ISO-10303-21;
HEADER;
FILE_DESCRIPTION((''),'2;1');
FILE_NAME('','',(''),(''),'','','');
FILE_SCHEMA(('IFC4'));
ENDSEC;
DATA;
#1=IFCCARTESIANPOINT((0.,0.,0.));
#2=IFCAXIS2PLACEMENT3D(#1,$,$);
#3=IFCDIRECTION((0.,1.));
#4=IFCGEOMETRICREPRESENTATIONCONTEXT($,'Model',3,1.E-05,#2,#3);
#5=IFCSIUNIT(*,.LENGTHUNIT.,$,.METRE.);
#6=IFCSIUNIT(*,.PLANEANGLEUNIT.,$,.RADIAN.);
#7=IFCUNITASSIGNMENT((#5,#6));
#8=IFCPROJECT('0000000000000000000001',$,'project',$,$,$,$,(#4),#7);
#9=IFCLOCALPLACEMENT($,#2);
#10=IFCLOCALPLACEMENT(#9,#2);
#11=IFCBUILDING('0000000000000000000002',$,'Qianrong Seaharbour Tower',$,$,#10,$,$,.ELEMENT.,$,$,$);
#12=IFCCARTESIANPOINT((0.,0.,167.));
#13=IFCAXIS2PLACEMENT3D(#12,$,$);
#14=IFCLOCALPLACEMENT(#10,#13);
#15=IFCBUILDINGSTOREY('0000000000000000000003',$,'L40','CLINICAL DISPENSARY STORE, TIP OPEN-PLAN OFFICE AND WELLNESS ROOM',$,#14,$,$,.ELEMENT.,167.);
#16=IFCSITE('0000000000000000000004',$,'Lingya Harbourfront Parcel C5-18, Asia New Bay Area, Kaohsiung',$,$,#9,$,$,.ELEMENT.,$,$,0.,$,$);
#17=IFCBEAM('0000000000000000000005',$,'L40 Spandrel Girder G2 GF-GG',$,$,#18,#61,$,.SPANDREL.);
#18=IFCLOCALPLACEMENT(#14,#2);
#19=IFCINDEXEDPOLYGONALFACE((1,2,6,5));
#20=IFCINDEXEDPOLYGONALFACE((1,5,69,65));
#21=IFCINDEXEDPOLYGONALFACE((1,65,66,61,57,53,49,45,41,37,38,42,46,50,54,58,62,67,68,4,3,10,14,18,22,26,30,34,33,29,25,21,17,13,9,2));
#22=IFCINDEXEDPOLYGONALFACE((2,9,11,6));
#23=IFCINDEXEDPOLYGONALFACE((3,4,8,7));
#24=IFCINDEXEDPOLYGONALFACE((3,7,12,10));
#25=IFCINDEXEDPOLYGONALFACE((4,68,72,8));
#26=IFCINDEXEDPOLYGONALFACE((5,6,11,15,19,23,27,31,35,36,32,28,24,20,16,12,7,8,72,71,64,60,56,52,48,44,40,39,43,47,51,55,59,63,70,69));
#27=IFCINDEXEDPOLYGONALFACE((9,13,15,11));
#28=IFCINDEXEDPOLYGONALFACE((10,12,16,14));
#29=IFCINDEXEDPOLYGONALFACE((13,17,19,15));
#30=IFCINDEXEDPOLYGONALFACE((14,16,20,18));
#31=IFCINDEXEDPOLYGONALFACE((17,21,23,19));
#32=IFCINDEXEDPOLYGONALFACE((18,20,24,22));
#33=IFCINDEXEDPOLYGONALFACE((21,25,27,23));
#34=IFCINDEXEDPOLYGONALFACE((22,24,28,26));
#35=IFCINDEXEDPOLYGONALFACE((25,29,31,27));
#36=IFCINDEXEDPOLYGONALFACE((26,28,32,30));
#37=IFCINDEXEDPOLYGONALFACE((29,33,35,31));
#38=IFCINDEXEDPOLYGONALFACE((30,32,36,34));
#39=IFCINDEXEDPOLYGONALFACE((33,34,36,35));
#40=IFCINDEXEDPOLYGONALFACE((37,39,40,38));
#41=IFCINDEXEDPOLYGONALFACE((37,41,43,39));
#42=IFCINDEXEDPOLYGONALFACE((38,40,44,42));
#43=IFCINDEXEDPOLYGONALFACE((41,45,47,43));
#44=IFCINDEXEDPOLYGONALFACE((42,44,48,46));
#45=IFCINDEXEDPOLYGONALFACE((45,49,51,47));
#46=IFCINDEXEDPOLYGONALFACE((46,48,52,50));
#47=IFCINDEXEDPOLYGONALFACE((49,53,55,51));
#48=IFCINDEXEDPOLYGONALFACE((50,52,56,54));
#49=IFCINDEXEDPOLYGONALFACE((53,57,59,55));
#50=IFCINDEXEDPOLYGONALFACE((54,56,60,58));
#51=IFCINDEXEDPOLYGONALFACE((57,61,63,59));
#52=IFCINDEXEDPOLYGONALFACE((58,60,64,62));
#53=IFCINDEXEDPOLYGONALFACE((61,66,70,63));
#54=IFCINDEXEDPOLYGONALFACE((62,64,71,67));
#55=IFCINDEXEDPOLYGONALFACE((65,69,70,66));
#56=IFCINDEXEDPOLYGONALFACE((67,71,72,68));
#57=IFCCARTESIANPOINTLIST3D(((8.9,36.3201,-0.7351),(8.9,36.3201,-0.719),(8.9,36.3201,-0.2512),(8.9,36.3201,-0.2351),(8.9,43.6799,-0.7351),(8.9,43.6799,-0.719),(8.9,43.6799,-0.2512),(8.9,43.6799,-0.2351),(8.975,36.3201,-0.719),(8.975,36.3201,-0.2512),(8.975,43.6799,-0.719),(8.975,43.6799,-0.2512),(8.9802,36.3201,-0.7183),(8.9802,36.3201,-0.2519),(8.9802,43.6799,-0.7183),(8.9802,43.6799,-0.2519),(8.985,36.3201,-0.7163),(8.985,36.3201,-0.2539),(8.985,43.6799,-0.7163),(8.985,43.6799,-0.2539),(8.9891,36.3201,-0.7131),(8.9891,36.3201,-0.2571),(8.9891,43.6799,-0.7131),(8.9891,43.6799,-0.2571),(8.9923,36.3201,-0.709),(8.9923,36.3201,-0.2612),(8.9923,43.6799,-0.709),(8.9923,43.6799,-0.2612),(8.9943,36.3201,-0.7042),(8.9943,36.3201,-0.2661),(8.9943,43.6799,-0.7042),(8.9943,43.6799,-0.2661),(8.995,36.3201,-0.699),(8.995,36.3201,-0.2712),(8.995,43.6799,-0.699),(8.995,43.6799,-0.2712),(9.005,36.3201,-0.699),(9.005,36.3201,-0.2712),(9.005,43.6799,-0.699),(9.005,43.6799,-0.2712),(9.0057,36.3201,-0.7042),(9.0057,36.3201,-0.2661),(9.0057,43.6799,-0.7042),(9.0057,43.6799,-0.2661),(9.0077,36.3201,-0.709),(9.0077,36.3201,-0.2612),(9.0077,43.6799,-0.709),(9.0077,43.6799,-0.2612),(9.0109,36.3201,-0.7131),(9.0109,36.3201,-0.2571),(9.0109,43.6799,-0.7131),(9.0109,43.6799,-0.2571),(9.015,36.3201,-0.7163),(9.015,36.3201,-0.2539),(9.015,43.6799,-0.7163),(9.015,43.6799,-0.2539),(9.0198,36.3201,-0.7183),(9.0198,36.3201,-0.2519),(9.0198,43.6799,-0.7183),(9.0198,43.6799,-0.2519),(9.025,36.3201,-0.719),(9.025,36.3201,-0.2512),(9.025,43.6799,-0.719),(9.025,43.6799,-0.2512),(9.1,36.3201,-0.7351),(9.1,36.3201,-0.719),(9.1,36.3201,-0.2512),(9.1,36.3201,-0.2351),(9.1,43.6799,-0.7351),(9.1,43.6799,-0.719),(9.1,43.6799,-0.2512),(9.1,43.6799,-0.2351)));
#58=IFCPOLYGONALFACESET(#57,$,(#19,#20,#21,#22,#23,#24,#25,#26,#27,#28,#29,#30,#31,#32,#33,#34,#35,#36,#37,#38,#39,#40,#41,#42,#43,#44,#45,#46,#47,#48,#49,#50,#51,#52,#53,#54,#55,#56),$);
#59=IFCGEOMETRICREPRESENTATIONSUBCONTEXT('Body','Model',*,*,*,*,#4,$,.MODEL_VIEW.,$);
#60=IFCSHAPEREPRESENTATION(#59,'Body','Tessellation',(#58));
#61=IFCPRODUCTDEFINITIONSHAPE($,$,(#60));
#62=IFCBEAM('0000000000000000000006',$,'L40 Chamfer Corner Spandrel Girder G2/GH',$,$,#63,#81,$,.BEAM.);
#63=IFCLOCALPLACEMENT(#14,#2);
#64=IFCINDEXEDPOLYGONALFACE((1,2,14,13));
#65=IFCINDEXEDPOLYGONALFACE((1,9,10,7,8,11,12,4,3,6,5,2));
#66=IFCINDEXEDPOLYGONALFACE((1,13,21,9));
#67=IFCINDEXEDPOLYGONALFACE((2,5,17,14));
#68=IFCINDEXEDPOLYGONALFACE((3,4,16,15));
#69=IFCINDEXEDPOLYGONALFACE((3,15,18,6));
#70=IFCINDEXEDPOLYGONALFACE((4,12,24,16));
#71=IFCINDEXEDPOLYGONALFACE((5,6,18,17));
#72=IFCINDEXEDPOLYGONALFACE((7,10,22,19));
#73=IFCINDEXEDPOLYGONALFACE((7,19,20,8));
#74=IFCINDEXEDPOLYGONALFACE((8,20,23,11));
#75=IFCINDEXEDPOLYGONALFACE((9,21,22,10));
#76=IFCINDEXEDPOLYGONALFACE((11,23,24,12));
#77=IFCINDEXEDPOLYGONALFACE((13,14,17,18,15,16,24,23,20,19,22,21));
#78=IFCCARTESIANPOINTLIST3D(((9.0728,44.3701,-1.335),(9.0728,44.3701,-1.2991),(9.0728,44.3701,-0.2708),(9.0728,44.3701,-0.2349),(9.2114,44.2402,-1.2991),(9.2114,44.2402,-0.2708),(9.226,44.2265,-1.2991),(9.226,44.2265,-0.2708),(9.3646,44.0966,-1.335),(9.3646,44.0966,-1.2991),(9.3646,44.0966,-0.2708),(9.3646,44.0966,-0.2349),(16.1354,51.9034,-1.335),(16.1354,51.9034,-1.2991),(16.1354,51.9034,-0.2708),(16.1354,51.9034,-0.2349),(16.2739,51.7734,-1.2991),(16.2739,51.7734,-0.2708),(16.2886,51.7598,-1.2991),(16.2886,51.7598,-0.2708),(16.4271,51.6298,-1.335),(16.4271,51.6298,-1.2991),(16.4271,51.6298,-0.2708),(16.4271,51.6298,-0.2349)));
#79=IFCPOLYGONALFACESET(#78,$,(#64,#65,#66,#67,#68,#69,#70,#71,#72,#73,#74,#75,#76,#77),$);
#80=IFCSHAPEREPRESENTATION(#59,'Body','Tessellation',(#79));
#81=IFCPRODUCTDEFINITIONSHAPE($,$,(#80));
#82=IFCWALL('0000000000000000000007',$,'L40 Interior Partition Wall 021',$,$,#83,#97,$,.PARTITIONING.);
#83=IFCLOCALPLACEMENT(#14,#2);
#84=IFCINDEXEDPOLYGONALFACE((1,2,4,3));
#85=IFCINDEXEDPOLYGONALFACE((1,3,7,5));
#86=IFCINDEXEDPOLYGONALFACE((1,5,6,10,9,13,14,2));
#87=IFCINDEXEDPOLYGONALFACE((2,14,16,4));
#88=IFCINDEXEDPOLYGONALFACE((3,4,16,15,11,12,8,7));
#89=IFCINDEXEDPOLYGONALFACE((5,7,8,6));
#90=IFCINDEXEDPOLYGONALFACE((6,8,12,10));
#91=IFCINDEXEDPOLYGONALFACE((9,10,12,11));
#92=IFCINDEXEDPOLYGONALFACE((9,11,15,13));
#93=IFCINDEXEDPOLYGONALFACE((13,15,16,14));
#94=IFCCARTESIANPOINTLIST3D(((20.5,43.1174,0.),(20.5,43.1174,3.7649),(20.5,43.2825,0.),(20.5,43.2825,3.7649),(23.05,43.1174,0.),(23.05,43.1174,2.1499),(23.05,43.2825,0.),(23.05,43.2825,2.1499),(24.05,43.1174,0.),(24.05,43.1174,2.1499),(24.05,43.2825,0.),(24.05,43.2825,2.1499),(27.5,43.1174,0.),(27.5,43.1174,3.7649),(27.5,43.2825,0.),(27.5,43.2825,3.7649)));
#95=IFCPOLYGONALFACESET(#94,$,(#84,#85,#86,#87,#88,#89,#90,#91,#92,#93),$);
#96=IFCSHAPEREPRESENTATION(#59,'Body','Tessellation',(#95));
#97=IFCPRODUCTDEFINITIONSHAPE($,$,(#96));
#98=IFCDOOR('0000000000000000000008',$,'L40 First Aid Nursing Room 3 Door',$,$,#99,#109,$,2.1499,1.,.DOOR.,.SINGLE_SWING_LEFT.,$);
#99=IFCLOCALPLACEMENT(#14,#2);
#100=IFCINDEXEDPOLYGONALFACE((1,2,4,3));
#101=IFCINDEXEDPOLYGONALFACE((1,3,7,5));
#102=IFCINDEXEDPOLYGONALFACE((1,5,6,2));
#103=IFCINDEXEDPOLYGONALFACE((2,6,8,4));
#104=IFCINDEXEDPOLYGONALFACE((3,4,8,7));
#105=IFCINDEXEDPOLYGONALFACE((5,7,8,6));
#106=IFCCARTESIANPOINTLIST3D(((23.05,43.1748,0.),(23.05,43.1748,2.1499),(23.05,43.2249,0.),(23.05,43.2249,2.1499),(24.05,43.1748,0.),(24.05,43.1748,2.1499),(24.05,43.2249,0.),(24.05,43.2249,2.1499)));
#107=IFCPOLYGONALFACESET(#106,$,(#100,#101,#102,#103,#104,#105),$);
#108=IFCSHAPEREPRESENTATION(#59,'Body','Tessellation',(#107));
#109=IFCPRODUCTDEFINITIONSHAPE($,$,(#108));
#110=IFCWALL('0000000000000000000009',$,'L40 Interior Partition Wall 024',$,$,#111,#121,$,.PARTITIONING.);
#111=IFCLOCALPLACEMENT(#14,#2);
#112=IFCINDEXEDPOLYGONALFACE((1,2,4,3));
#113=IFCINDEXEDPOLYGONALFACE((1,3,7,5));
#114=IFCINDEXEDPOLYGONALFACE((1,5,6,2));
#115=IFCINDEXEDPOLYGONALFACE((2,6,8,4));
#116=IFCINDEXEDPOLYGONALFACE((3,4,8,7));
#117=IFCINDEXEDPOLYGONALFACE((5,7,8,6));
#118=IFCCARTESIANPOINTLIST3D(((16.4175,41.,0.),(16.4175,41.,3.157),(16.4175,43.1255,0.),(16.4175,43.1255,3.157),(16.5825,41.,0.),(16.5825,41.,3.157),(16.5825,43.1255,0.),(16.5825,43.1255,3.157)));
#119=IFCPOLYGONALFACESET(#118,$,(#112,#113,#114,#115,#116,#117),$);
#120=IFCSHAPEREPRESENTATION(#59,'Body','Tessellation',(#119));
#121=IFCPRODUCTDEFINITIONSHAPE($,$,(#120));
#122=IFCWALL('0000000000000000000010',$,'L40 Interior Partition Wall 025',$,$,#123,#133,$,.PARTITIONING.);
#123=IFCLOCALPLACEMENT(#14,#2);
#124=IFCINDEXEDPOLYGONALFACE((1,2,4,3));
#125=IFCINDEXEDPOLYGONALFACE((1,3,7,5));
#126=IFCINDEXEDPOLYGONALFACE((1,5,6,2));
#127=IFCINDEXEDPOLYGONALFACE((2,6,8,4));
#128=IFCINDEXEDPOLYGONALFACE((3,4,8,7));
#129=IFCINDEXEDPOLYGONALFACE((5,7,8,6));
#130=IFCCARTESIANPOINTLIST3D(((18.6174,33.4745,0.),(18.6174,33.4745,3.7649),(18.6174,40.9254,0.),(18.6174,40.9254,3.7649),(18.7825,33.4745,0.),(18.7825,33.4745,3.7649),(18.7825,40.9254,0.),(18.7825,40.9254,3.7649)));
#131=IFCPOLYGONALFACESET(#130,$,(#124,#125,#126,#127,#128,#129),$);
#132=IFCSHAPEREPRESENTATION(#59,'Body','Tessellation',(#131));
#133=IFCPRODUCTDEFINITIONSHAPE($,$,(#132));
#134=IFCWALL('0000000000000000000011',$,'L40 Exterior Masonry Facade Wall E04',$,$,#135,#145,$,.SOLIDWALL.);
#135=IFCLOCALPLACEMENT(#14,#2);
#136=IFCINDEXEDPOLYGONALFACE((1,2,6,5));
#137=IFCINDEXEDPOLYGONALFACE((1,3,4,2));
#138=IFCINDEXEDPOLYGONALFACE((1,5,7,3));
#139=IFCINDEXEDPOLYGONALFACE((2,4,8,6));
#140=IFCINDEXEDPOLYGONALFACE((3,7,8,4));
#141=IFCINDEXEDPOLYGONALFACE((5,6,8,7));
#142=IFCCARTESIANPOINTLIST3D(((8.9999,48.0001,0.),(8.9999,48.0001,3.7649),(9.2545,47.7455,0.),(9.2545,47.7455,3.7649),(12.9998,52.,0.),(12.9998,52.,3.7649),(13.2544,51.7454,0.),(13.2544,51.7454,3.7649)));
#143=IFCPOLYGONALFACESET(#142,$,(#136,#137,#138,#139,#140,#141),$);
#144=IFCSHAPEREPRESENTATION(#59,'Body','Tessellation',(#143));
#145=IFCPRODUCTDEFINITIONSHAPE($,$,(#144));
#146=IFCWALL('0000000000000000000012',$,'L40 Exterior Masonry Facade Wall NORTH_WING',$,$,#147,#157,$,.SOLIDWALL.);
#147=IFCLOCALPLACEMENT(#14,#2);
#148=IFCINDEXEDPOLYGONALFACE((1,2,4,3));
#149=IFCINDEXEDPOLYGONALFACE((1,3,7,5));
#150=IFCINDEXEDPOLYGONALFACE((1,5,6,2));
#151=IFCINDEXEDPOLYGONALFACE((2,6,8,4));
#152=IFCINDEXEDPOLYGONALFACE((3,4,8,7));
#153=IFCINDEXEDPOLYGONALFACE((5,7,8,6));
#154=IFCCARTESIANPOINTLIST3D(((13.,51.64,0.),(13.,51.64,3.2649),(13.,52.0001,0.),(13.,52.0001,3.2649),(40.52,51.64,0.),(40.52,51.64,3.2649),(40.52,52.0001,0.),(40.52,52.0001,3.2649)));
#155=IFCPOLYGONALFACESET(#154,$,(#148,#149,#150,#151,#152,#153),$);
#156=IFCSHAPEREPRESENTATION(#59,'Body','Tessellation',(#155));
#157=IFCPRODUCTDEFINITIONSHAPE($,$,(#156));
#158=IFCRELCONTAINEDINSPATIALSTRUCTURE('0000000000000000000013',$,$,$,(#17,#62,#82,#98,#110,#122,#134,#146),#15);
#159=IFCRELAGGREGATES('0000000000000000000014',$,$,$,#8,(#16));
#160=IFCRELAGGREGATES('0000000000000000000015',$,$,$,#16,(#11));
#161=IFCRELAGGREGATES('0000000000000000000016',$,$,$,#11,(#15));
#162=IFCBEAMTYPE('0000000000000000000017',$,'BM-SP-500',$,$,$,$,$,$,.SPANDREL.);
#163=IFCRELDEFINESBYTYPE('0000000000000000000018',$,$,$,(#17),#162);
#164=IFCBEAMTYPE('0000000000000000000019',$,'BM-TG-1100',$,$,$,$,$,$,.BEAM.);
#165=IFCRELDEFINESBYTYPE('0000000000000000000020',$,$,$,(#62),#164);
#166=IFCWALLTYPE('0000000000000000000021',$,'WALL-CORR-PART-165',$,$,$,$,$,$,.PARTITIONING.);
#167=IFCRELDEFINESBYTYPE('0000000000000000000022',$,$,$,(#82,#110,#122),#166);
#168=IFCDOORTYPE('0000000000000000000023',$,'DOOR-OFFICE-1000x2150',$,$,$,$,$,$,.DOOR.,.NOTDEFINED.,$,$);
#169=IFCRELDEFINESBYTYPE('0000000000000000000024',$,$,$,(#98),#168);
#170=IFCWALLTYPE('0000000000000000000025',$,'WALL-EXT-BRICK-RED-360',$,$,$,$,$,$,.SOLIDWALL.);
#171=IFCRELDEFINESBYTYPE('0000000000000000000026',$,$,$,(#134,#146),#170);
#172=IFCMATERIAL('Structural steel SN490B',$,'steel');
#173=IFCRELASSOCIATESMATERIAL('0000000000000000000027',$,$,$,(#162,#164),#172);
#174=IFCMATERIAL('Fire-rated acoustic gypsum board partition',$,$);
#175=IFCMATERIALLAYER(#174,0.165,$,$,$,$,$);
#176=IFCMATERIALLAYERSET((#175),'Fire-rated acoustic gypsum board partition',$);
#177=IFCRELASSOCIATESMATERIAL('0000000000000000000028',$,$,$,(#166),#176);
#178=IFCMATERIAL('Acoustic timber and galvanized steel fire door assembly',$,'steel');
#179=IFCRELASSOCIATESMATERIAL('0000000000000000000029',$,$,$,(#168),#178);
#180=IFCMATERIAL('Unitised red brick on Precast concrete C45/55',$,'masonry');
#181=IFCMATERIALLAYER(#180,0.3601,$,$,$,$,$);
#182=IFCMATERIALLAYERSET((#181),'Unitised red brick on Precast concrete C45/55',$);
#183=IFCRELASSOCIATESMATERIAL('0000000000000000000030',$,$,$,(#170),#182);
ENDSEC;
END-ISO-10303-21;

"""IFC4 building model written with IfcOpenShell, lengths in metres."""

from ifc_helpers import new_model, si_unit, direction, frame, frame_2d, origin, origin_2d, place, context, subcontext, project, spatial, rectangle, i_section, extrude, material, layer, layer_set, material_profile, profile_set, type_object, element, fill, save


model = new_model("IFC4")

# Units and contexts
model_context = context("Model", 3, precision=1e-05, world=origin(), true_north=direction((0.0, 1.0)))
body_context = subcontext(model_context, "Body", "Model", "MODEL_VIEW")
ifc_project = project(units=[si_unit("LENGTHUNIT", "METRE"), si_unit("PLANEANGLEUNIT", "RADIAN")], contexts=[model_context])

# Site, building, storey
site_placement = place(None, origin())
site = spatial("IfcSite", under=ifc_project, at=site_placement, Name="Lingya Harbourfront Parcel C5-18, Asia New Bay Area, Kaohsiung", CompositionType="ELEMENT", RefElevation=0.0)
building_placement = place(site_placement, origin())
building = spatial("IfcBuilding", under=site, at=building_placement, Name="Qianrong Seaharbour Tower", CompositionType="ELEMENT")
storey_placement = place(building_placement, frame((0.0, 0.0, 167.0)))
storey = spatial("IfcBuildingStorey", under=building, at=storey_placement, Name="L40", Description="CLINICAL DISPENSARY STORE, TIP OPEN-PLAN OFFICE AND WELLNESS ROOM", CompositionType="ELEMENT", Elevation=167.0)

# Shared definitions
ifc_material_1 = material(Name="Structural steel SN490B", Category="steel")

# Beams
ifc_material_profile_1 = material_profile(ifc_material_1, i_section(OverallWidth=0.2, OverallDepth=0.5, WebThickness=0.01, FlangeThickness=0.0161, FilletRadius=0.02, at=origin_2d()), Name="H500x200x10x16")
ifc_profile_set_1 = profile_set([ifc_material_profile_1], Name="Structural steel SN490B")
beam_type_1 = type_object("IfcBeamType", Name="BM-SP-500", PredefinedType="SPANDREL", material=ifc_profile_set_1)
for number, where, z_axis, x_axis, name in (
    (1, (9.0, 36.3201, -0.4851), (0.0, 1.0, 0.0), (-1.0, 0.0, 0.0), "L40 Spandrel Girder G2 GF-GG"),
):
    element("IfcBeam", number, at=place(storey_placement, frame(where, z_axis=z_axis, x_axis=x_axis)), inside=storey, type_object=beam_type_1, Name=name, PredefinedType="SPANDREL", context=body_context, shape_type="SweptSolid", body=[
        extrude(i_section(OverallWidth=0.2, OverallDepth=0.5, WebThickness=0.01, FlangeThickness=0.0161, FilletRadius=0.02, at=origin_2d()), origin(), (0.0, 0.0, 1.0), 7.3599),
    ])
ifc_material_profile_2 = material_profile(ifc_material_1, i_section(OverallWidth=0.3999, OverallDepth=1.1001, WebThickness=0.02, FlangeThickness=0.0359, at=origin_2d()), Name="BH1100x400x20x36")
ifc_profile_set_2 = profile_set([ifc_material_profile_2], Name="Structural steel SN490B")
beam_type_2 = type_object("IfcBeamType", Name="BM-TG-1100", PredefinedType="BEAM", material=ifc_profile_set_2)
beam_1_placement = place(storey_placement, frame((16.2812, 51.7666, -0.7849), z_axis=(-0.683947, -0.729531, 0.0), x_axis=(0.729531, -0.683947, 0.0)))
element("IfcBeam", 2, at=beam_1_placement, inside=storey, type_object=beam_type_2, Name="L40 Chamfer Corner Spandrel Girder G2/GH", PredefinedType="BEAM", context=body_context, shape_type="SweptSolid", body=[
    extrude(i_section(OverallWidth=0.3999, OverallDepth=1.1001, WebThickness=0.02, FlangeThickness=0.0359, at=origin_2d()), origin(), (0.0, 0.0, 1.0), 10.3262),
])

# Wall, opening, door
ifc_material_2 = material(Name="Fire-rated acoustic gypsum board partition")
ifc_layer_1 = layer(ifc_material_2, 0.165)
ifc_layer_set_1 = layer_set([ifc_layer_1], Name="Fire-rated acoustic gypsum board partition")
wall_type_1 = type_object("IfcWallType", Name="WALL-CORR-PART-165", PredefinedType="PARTITIONING", material=ifc_layer_set_1)
ifc_material_3 = material(Name="Acoustic timber and galvanized steel fire door assembly", Category="steel")
door_type = type_object("IfcDoorType", Name="DOOR-OFFICE-1000x2150", OperationType="NOTDEFINED", PredefinedType="DOOR", material=ifc_material_3)
wall_1_placement = place(storey_placement, frame((20.5, 43.2, 0.0), z_axis=(0.0, 0.0, 1.0), x_axis=(1.0, 0.0, 0.0)))
wall_1 = element("IfcWall", 3, at=wall_1_placement, inside=storey, type_object=wall_type_1, Name="L40 Interior Partition Wall 021", PredefinedType="PARTITIONING", context=body_context, shape_type="SweptSolid", body=[
    extrude(rectangle(XDim=7.0, YDim=0.165, at=frame_2d((3.5, 0.0))), origin(), (0.0, 0.0, 1.0), 3.7649),
])
opening_1_placement = place(wall_1_placement, frame((2.55, 0.0, 0.0)))
opening_1 = element("IfcOpeningElement", 4, at=opening_1_placement, cuts=wall_1, PredefinedType="OPENING", context=body_context, shape_type="SweptSolid", body=[
    extrude(rectangle(XDim=1.0, YDim=2.1499, at=frame_2d((0.5, 1.075))), frame((0.0, 0.0925, 0.0), z_axis=(0.0, -1.0, 0.0), x_axis=(1.0, 0.0, 0.0)), (0.0, 0.0, 1.0), 0.1851),
])
door_1_placement = place(opening_1_placement, origin())
door_1 = element("IfcDoor", 5, at=door_1_placement, inside=storey, type_object=door_type, Name="L40 First Aid Nursing Room 3 Door", OperationType="SINGLE_SWING_LEFT", OverallHeight=2.1499, OverallWidth=1.0, PredefinedType="DOOR", context=body_context, shape_type="SweptSolid", body=[
    extrude(rectangle(XDim=1.0, YDim=2.1499, at=frame_2d((0.5, 1.075))), frame((0.0, 0.0249, 0.0), z_axis=(0.0, -1.0, 0.0), x_axis=(1.0, 0.0, 0.0)), (0.0, 0.0, 1.0), 0.05),
])
fill(opening_1, door_1)

# Walls
wall_2_placement = place(storey_placement, frame((16.5, 41.0, 0.0), z_axis=(0.0, 0.0, 1.0), x_axis=(0.0, 1.0, 0.0)))
element("IfcWall", 6, at=wall_2_placement, inside=storey, type_object=wall_type_1, Name="L40 Interior Partition Wall 024", PredefinedType="PARTITIONING", context=body_context, shape_type="SweptSolid", body=[
    extrude(rectangle(XDim=2.1255, YDim=0.165, at=frame_2d((1.0627, 0.0))), origin(), (0.0, 0.0, 1.0), 3.157),
])
wall_3_placement = place(storey_placement, frame((18.7, 40.9255, 0.0), z_axis=(0.0, 0.0, 1.0), x_axis=(0.0, -1.0, 0.0)))
element("IfcWall", 7, at=wall_3_placement, inside=storey, type_object=wall_type_1, Name="L40 Interior Partition Wall 025", PredefinedType="PARTITIONING", context=body_context, shape_type="SweptSolid", body=[
    extrude(rectangle(XDim=7.4509, YDim=0.165, at=frame_2d((3.7256, 0.0))), origin(), (0.0, 0.0, 1.0), 3.7649),
])
ifc_material_4 = material(Name="Unitised red brick on Precast concrete C45/55", Category="masonry")
ifc_layer_2 = layer(ifc_material_4, 0.3601)
ifc_layer_set_2 = layer_set([ifc_layer_2], Name="Unitised red brick on Precast concrete C45/55")
wall_type_2 = type_object("IfcWallType", Name="WALL-EXT-BRICK-RED-360", PredefinedType="SOLIDWALL", material=ifc_layer_set_2)
wall_4_placement = place(storey_placement, frame((9.1272, 47.8728, 0.0), z_axis=(0.0, 0.0, 1.0), x_axis=(0.707107, 0.707107, 0.0)))
element("IfcWall", 8, at=wall_4_placement, inside=storey, type_object=wall_type_2, Name="L40 Exterior Masonry Facade Wall E04", PredefinedType="SOLIDWALL", context=body_context, shape_type="SweptSolid", body=[
    extrude(rectangle(XDim=5.6567, YDim=0.3601, at=frame_2d((2.8284, 0.0))), origin(), (0.0, 0.0, 1.0), 3.7649),
])
wall_5_placement = place(storey_placement, frame((13.0, 51.8201, 0.0), z_axis=(0.0, 0.0, 1.0), x_axis=(1.0, 0.0, 0.0)))
element("IfcWall", 9, at=wall_5_placement, inside=storey, type_object=wall_type_2, Name="L40 Exterior Masonry Facade Wall NORTH_WING", PredefinedType="SOLIDWALL", context=body_context, shape_type="SweptSolid", body=[
    extrude(rectangle(XDim=27.52, YDim=0.3601, at=frame_2d((13.76, 0.0))), origin(), (0.0, 0.0, 1.0), 3.2649),
])

save(model, "model.ifc")
